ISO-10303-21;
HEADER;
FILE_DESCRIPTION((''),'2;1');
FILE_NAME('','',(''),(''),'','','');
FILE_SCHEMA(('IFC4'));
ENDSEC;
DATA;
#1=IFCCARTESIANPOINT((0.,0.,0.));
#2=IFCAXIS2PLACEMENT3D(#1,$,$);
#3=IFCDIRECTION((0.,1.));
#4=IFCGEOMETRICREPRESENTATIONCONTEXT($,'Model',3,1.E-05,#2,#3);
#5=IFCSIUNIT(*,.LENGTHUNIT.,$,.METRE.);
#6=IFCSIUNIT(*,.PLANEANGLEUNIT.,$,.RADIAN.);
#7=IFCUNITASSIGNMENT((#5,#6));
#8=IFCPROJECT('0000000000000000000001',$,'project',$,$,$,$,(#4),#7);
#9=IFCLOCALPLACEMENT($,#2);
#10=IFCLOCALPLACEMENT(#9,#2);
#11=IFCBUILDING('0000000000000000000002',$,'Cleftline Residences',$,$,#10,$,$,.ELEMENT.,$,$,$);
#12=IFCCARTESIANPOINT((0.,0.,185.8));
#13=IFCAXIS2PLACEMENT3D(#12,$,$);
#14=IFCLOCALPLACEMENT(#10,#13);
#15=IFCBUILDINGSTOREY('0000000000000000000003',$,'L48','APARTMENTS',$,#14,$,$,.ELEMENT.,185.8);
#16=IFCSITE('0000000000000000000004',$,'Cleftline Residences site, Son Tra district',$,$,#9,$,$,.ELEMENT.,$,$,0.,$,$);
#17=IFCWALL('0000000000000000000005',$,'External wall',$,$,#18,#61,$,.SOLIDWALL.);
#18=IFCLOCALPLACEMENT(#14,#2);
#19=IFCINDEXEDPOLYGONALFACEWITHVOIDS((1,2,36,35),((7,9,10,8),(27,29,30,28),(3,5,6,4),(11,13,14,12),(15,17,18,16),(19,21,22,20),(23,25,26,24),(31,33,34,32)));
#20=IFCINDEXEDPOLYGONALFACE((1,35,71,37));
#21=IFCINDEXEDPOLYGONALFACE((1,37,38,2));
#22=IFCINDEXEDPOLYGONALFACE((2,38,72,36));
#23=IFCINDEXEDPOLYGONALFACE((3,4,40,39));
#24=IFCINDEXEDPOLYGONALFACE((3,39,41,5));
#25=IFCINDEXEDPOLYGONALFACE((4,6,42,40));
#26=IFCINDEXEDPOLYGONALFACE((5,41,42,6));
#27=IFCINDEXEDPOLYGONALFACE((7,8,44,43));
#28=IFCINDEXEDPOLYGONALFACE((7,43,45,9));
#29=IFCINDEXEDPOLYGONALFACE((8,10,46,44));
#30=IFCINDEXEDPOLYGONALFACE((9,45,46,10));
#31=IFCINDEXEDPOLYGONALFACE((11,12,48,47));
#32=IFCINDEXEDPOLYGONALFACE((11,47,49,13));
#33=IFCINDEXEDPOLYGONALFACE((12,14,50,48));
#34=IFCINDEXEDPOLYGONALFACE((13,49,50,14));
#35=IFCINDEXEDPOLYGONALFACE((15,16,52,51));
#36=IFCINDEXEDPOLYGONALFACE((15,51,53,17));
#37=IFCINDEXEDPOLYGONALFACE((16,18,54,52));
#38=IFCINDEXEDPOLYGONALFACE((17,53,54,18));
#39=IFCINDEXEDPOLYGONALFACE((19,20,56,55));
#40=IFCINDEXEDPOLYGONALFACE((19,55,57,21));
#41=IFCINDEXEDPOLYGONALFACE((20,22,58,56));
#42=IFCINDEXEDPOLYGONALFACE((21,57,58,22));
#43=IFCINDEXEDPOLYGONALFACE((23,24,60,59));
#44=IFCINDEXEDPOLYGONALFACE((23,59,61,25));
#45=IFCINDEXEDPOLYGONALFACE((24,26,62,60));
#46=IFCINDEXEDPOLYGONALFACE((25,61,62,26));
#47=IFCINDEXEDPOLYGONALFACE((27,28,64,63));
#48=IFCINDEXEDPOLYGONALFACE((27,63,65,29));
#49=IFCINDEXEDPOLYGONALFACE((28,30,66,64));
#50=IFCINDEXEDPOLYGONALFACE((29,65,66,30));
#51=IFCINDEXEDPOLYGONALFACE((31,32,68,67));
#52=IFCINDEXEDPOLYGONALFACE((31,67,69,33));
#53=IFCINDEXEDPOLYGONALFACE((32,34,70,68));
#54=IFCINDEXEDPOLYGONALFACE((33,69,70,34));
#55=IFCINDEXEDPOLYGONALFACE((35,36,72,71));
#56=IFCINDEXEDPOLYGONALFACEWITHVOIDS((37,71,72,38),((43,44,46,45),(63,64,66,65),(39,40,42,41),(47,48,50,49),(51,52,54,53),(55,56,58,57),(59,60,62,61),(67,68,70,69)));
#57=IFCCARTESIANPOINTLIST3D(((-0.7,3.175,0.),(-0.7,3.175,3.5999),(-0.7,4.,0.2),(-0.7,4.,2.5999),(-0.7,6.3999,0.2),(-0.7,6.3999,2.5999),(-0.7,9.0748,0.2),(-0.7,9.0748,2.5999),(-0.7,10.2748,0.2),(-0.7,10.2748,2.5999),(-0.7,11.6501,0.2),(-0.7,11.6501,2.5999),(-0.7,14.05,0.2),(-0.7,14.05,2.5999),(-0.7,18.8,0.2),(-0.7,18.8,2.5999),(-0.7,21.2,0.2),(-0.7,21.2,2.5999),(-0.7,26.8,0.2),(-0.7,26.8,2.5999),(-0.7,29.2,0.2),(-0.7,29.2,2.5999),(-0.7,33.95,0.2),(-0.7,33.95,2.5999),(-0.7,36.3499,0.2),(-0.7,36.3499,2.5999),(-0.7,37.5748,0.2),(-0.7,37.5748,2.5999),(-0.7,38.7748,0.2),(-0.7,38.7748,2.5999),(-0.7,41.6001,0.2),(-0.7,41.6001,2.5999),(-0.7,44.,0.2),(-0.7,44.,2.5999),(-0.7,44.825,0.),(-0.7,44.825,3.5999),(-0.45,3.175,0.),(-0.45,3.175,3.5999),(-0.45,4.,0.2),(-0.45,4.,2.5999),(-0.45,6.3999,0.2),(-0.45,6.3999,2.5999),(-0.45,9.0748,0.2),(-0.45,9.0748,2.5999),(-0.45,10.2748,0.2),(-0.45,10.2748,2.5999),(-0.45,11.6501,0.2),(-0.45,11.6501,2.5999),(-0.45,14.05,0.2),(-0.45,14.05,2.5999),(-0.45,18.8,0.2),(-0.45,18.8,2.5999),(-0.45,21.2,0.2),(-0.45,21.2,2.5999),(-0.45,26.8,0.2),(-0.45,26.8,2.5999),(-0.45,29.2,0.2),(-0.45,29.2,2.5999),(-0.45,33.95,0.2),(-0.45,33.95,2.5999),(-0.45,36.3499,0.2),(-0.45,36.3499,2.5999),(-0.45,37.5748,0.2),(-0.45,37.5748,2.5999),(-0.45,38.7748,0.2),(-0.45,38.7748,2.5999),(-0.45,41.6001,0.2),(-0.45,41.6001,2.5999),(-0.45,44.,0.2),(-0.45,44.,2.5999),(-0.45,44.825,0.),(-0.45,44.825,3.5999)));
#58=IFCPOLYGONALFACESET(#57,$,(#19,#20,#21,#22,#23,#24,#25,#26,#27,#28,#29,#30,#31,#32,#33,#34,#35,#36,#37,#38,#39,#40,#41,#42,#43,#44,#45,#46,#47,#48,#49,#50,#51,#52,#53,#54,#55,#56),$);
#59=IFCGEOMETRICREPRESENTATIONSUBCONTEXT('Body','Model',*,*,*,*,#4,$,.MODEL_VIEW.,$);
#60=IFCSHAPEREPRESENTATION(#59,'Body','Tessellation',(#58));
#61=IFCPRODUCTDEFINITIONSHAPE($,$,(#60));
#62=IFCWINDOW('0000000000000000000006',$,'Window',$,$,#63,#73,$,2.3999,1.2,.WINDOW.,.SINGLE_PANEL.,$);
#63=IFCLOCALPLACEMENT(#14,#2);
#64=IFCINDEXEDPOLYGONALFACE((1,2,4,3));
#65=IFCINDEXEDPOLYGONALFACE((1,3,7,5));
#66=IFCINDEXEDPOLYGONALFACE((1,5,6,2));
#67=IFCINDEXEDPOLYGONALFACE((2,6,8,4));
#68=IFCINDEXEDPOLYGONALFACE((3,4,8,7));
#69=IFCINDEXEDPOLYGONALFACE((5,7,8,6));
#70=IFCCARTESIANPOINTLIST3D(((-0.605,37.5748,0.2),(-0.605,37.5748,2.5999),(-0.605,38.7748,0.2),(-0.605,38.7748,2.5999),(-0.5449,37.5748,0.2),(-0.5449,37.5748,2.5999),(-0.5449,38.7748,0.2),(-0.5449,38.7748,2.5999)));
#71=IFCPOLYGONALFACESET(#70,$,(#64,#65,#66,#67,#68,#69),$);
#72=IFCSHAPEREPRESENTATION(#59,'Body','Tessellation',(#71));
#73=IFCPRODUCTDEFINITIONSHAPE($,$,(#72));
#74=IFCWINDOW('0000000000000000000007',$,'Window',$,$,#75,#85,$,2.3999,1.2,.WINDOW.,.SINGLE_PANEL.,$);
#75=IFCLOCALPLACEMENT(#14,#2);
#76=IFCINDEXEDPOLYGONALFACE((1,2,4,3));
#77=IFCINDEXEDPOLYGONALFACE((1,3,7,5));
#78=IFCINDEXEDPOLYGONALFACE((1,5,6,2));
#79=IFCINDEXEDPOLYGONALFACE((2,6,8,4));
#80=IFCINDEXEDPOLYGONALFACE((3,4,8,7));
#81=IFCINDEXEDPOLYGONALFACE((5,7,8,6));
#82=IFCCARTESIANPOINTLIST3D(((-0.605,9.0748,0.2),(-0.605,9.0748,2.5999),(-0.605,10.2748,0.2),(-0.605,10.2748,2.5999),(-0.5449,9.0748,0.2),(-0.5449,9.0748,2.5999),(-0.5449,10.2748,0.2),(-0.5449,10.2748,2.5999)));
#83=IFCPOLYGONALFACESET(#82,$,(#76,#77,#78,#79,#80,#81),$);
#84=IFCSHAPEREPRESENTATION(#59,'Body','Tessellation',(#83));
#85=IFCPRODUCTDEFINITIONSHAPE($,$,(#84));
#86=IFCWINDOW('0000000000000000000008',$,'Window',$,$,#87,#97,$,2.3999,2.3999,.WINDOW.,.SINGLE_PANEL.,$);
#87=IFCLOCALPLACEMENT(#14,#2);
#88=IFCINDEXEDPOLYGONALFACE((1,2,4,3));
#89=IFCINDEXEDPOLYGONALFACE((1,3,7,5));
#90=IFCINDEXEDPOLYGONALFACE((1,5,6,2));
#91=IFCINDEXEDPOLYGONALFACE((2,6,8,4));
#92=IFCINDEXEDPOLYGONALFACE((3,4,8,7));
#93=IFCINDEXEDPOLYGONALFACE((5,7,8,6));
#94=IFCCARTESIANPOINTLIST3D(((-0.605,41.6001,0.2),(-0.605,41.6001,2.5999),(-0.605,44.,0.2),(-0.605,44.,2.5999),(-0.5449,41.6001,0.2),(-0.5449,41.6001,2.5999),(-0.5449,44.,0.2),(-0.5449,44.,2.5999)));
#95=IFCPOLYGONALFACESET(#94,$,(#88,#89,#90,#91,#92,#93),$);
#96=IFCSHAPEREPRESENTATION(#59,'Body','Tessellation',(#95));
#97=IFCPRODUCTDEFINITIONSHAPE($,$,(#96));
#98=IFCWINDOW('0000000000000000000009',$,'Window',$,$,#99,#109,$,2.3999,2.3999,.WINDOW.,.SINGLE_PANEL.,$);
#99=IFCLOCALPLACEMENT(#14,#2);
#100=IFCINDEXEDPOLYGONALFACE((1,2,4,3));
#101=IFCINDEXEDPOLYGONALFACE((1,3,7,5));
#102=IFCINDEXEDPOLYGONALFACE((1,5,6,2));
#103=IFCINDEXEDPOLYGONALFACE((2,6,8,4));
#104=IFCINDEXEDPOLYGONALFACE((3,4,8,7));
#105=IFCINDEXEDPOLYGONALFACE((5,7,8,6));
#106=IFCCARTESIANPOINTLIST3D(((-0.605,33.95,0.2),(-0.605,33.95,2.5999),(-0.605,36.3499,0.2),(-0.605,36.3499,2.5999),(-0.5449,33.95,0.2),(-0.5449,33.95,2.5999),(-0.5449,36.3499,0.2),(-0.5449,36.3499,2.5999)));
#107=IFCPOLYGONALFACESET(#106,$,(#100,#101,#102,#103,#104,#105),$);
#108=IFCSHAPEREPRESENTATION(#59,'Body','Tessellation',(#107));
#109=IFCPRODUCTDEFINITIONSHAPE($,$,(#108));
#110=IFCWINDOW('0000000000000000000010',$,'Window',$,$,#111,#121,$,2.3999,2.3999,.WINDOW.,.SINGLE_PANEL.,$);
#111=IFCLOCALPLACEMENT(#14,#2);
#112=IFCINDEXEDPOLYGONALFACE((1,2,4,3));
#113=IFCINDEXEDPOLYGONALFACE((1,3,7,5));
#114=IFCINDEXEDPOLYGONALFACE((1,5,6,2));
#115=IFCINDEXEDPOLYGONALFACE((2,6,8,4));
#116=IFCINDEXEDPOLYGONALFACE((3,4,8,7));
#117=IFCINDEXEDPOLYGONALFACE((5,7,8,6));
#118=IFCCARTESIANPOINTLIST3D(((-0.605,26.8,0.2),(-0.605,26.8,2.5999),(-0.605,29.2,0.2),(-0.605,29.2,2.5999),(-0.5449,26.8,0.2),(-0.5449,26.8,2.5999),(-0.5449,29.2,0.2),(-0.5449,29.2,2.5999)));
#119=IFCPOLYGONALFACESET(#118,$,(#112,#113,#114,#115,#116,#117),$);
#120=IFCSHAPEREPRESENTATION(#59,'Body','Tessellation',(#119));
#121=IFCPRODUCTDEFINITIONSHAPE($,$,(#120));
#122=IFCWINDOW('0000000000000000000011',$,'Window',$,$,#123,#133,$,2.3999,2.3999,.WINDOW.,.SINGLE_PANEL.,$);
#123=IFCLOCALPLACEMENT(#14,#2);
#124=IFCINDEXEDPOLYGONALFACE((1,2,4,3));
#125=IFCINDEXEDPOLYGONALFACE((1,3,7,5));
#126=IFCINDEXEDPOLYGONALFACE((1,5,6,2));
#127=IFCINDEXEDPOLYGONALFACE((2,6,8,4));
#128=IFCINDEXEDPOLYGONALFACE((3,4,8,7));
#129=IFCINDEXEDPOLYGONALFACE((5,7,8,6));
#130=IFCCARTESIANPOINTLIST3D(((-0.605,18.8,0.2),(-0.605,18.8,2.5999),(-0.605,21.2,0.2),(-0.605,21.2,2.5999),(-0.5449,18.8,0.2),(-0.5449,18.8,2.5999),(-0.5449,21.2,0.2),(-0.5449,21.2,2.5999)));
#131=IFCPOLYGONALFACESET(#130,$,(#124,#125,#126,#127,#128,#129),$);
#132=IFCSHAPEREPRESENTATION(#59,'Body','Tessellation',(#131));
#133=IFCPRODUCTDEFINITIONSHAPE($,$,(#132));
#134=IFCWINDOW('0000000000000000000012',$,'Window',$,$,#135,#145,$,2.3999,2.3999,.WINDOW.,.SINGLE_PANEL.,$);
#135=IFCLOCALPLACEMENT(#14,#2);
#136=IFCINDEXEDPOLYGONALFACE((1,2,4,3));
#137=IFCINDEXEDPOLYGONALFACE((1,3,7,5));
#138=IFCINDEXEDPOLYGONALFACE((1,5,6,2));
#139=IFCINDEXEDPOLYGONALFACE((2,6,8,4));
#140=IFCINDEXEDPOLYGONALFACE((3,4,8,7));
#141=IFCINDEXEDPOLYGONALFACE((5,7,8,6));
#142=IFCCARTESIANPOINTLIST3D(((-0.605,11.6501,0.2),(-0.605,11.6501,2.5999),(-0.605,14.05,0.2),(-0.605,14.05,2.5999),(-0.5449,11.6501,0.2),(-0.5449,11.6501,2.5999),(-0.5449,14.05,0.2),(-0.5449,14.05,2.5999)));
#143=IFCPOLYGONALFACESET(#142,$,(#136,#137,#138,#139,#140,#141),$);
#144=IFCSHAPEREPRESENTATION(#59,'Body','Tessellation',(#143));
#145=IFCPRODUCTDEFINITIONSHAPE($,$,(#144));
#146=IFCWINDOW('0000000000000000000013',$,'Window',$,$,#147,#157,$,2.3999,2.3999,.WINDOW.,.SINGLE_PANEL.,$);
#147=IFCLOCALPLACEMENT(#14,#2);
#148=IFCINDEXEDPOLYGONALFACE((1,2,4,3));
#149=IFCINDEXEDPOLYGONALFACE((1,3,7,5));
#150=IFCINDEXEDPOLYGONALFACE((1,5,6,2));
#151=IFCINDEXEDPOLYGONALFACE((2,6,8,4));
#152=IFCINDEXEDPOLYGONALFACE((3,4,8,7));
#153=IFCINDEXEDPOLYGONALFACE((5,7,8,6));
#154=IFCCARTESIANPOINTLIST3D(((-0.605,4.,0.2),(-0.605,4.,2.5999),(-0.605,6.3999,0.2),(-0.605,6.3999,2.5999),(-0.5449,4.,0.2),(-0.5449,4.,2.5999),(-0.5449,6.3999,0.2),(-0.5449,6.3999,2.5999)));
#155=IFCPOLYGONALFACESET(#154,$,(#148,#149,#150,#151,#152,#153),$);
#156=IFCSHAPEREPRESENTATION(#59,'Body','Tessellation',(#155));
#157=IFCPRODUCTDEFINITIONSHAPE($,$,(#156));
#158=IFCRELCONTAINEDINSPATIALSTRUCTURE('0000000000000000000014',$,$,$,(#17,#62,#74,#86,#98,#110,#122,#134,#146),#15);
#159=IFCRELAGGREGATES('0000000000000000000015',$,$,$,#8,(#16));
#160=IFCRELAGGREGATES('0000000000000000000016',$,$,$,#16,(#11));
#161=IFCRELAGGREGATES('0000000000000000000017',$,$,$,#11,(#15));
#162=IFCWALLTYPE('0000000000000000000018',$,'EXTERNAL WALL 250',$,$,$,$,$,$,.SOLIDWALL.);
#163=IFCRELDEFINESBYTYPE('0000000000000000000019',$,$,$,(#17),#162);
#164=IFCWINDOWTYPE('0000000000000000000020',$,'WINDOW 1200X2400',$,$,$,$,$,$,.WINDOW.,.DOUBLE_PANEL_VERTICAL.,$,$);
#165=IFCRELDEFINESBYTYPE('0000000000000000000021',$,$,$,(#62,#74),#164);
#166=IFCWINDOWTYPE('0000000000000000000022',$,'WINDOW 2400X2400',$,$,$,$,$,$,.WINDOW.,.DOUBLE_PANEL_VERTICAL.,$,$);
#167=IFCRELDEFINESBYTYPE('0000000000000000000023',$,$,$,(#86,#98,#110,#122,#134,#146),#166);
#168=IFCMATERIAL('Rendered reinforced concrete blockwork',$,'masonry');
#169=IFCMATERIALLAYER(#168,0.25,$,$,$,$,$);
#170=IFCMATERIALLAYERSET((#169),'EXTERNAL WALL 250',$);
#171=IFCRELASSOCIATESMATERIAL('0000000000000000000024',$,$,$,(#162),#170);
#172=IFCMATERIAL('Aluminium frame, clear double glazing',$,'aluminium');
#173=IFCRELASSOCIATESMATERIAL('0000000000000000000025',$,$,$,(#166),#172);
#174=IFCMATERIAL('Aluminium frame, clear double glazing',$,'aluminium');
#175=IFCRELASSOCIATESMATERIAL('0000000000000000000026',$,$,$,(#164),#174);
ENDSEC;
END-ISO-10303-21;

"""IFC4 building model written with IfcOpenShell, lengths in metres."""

from ifc_helpers import new_model, si_unit, direction, frame, frame_2d, origin, place, context, subcontext, project, spatial, rectangle, extrude, material, layer, layer_set, type_object, element, fill, save


model = new_model("IFC4")

# Units and contexts
model_context = context("Model", 3, precision=1e-05, world=origin(), true_north=direction((0.0, 1.0)))
body_context = subcontext(model_context, "Body", "Model", "MODEL_VIEW")
ifc_project = project(units=[si_unit("LENGTHUNIT", "METRE"), si_unit("PLANEANGLEUNIT", "RADIAN")], contexts=[model_context])

# Site, building, storey
site_placement = place(None, origin())
site = spatial("IfcSite", under=ifc_project, at=site_placement, Name="Cleftline Residences site, Son Tra district", CompositionType="ELEMENT", RefElevation=0.0)
building_placement = place(site_placement, origin())
building = spatial("IfcBuilding", under=site, at=building_placement, Name="Cleftline Residences", CompositionType="ELEMENT")
storey_placement = place(building_placement, frame((0.0, 0.0, 185.8)))
storey = spatial("IfcBuildingStorey", under=building, at=storey_placement, Name="L48", Description="APARTMENTS", CompositionType="ELEMENT", Elevation=185.8)

# Shared definitions
ifc_material_1 = material(Name="Rendered reinforced concrete blockwork", Category="masonry")
ifc_layer_1 = layer(ifc_material_1, 0.25)
ifc_layer_set_1 = layer_set([ifc_layer_1], Name="EXTERNAL WALL 250")
wall_type_1 = type_object("IfcWallType", Name="EXTERNAL WALL 250", PredefinedType="SOLIDWALL", material=ifc_layer_set_1)
ifc_material_2 = material(Name="Aluminium frame, clear double glazing", Category="aluminium")
window_type_1 = type_object("IfcWindowType", Name="WINDOW 2400X2400", PartitioningType="DOUBLE_PANEL_VERTICAL", PredefinedType="WINDOW", material=ifc_material_2)

# Wall, openings, windows
wall_1_placement = place(storey_placement, frame((-0.575, 44.825, 0.0), z_axis=(0.0, 0.0, 1.0), x_axis=(0.0, -1.0, 0.0)))
wall_1 = element("IfcWall", 1, at=wall_1_placement, inside=storey, type_object=wall_type_1, Name="External wall", PredefinedType="SOLIDWALL", context=body_context, shape_type="SweptSolid", body=[
    extrude(rectangle(XDim=41.6499, YDim=0.25, at=frame_2d((20.825, 0.0))), origin(), (0.0, 0.0, 1.0), 3.5999),
])
opening_1_placement = place(wall_1_placement, frame((0.825, 0.0, 0.2)))
opening_1 = element("IfcOpeningElement", 2, at=opening_1_placement, cuts=wall_1, PredefinedType="OPENING", context=body_context, shape_type="SweptSolid", body=[
    extrude(rectangle(XDim=2.3999, YDim=2.3999, at=frame_2d((1.2, 1.2))), frame((0.0, 0.135, 0.0), z_axis=(0.0, -1.0, 0.0), x_axis=(1.0, 0.0, 0.0)), (0.0, 0.0, 1.0), 0.27),
])
opening_2_placement = place(wall_1_placement, frame((6.05, 0.0, 0.2)))
opening_2 = element("IfcOpeningElement", 3, at=opening_2_placement, cuts=wall_1, PredefinedType="OPENING", context=body_context, shape_type="SweptSolid", body=[
    extrude(rectangle(XDim=1.2, YDim=2.3999, at=frame_2d((0.6001, 1.2))), frame((0.0, 0.135, 0.0), z_axis=(0.0, -1.0, 0.0), x_axis=(1.0, 0.0, 0.0)), (0.0, 0.0, 1.0), 0.27),
])
opening_3_placement = place(wall_1_placement, frame((8.4751, 0.0, 0.2)))
opening_3 = element("IfcOpeningElement", 4, at=opening_3_placement, cuts=wall_1, PredefinedType="OPENING", context=body_context, shape_type="SweptSolid", body=[
    extrude(rectangle(XDim=2.3999, YDim=2.3999, at=frame_2d((1.2, 1.2))), frame((0.0, 0.135, 0.0), z_axis=(0.0, -1.0, 0.0), x_axis=(1.0, 0.0, 0.0)), (0.0, 0.0, 1.0), 0.27),
])
opening_4_placement = place(wall_1_placement, frame((15.625, 0.0, 0.2)))
opening_4 = element("IfcOpeningElement", 5, at=opening_4_placement, cuts=wall_1, PredefinedType="OPENING", context=body_context, shape_type="SweptSolid", body=[
    extrude(rectangle(XDim=2.3999, YDim=2.3999, at=frame_2d((1.2, 1.2))), frame((0.0, 0.135, 0.0), z_axis=(0.0, -1.0, 0.0), x_axis=(1.0, 0.0, 0.0)), (0.0, 0.0, 1.0), 0.27),
])
opening_5_placement = place(wall_1_placement, frame((23.625, 0.0, 0.2)))
opening_5 = element("IfcOpeningElement", 6, at=opening_5_placement, cuts=wall_1, PredefinedType="OPENING", context=body_context, shape_type="SweptSolid", body=[
    extrude(rectangle(XDim=2.3999, YDim=2.3999, at=frame_2d((1.2, 1.2))), frame((0.0, 0.135, 0.0), z_axis=(0.0, -1.0, 0.0), x_axis=(1.0, 0.0, 0.0)), (0.0, 0.0, 1.0), 0.27),
])
opening_6_placement = place(wall_1_placement, frame((30.7749, 0.0, 0.2)))
opening_6 = element("IfcOpeningElement", 7, at=opening_6_placement, cuts=wall_1, PredefinedType="OPENING", context=body_context, shape_type="SweptSolid", body=[
    extrude(rectangle(XDim=2.3999, YDim=2.3999, at=frame_2d((1.2, 1.2))), frame((0.0, 0.135, 0.0), z_axis=(0.0, -1.0, 0.0), x_axis=(1.0, 0.0, 0.0)), (0.0, 0.0, 1.0), 0.27),
])
opening_7_placement = place(wall_1_placement, frame((34.55, 0.0, 0.2)))
opening_7 = element("IfcOpeningElement", 8, at=opening_7_placement, cuts=wall_1, PredefinedType="OPENING", context=body_context, shape_type="SweptSolid", body=[
    extrude(rectangle(XDim=1.2, YDim=2.3999, at=frame_2d((0.6001, 1.2))), frame((0.0, 0.135, 0.0), z_axis=(0.0, -1.0, 0.0), x_axis=(1.0, 0.0, 0.0)), (0.0, 0.0, 1.0), 0.27),
])
opening_8_placement = place(wall_1_placement, frame((38.425, 0.0, 0.2)))
opening_8 = element("IfcOpeningElement", 9, at=opening_8_placement, cuts=wall_1, PredefinedType="OPENING", context=body_context, shape_type="SweptSolid", body=[
    extrude(rectangle(XDim=2.3999, YDim=2.3999, at=frame_2d((1.2, 1.2))), frame((0.0, 0.135, 0.0), z_axis=(0.0, -1.0, 0.0), x_axis=(1.0, 0.0, 0.0)), (0.0, 0.0, 1.0), 0.27),
])
ifc_material_3 = material(Name="Aluminium frame, clear double glazing", Category="aluminium")
window_type_2 = type_object("IfcWindowType", Name="WINDOW 1200X2400", PartitioningType="DOUBLE_PANEL_VERTICAL", PredefinedType="WINDOW", material=ifc_material_3)
window_1_placement = place(opening_2_placement, origin())
window_1 = element("IfcWindow", 10, at=window_1_placement, inside=storey, type_object=window_type_2, Name="Window", OverallHeight=2.3999, OverallWidth=1.2, PartitioningType="SINGLE_PANEL", PredefinedType="WINDOW", context=body_context, shape_type="SweptSolid", body=[
    extrude(rectangle(XDim=1.2, YDim=2.3999, at=frame_2d((0.6001, 1.2))), frame((0.0, 0.03, 0.0), z_axis=(0.0, -1.0, 0.0), x_axis=(1.0, 0.0, 0.0)), (0.0, 0.0, 1.0), 0.0601),
])
fill(opening_2, window_1)
window_2_placement = place(opening_7_placement, origin())
window_2 = element("IfcWindow", 11, at=window_2_placement, inside=storey, type_object=window_type_2, Name="Window", OverallHeight=2.3999, OverallWidth=1.2, PartitioningType="SINGLE_PANEL", PredefinedType="WINDOW", context=body_context, shape_type="SweptSolid", body=[
    extrude(rectangle(XDim=1.2, YDim=2.3999, at=frame_2d((0.6001, 1.2))), frame((0.0, 0.03, 0.0), z_axis=(0.0, -1.0, 0.0), x_axis=(1.0, 0.0, 0.0)), (0.0, 0.0, 1.0), 0.0601),
])
fill(opening_7, window_2)
window_3_placement = place(opening_1_placement, origin())
window_3 = element("IfcWindow", 12, at=window_3_placement, inside=storey, type_object=window_type_1, Name="Window", OverallHeight=2.3999, OverallWidth=2.3999, PartitioningType="SINGLE_PANEL", PredefinedType="WINDOW", context=body_context, shape_type="SweptSolid", body=[
    extrude(rectangle(XDim=2.3999, YDim=2.3999, at=frame_2d((1.2, 1.2))), frame((0.0, 0.03, 0.0), z_axis=(0.0, -1.0, 0.0), x_axis=(1.0, 0.0, 0.0)), (0.0, 0.0, 1.0), 0.0601),
])
fill(opening_1, window_3)
window_4_placement = place(opening_3_placement, origin())
window_4 = element("IfcWindow", 13, at=window_4_placement, inside=storey, type_object=window_type_1, Name="Window", OverallHeight=2.3999, OverallWidth=2.3999, PartitioningType="SINGLE_PANEL", PredefinedType="WINDOW", context=body_context, shape_type="SweptSolid", body=[
    extrude(rectangle(XDim=2.3999, YDim=2.3999, at=frame_2d((1.2, 1.2))), frame((0.0, 0.03, 0.0), z_axis=(0.0, -1.0, 0.0), x_axis=(1.0, 0.0, 0.0)), (0.0, 0.0, 1.0), 0.0601),
])
fill(opening_3, window_4)
window_5_placement = place(opening_4_placement, origin())
window_5 = element("IfcWindow", 14, at=window_5_placement, inside=storey, type_object=window_type_1, Name="Window", OverallHeight=2.3999, OverallWidth=2.3999, PartitioningType="SINGLE_PANEL", PredefinedType="WINDOW", context=body_context, shape_type="SweptSolid", body=[
    extrude(rectangle(XDim=2.3999, YDim=2.3999, at=frame_2d((1.2, 1.2))), frame((0.0, 0.03, 0.0), z_axis=(0.0, -1.0, 0.0), x_axis=(1.0, 0.0, 0.0)), (0.0, 0.0, 1.0), 0.0601),
])
fill(opening_4, window_5)
window_6_placement = place(opening_5_placement, origin())
window_6 = element("IfcWindow", 15, at=window_6_placement, inside=storey, type_object=window_type_1, Name="Window", OverallHeight=2.3999, OverallWidth=2.3999, PartitioningType="SINGLE_PANEL", PredefinedType="WINDOW", context=body_context, shape_type="SweptSolid", body=[
    extrude(rectangle(XDim=2.3999, YDim=2.3999, at=frame_2d((1.2, 1.2))), frame((0.0, 0.03, 0.0), z_axis=(0.0, -1.0, 0.0), x_axis=(1.0, 0.0, 0.0)), (0.0, 0.0, 1.0), 0.0601),
])
fill(opening_5, window_6)
window_7_placement = place(opening_6_placement, origin())
window_7 = element("IfcWindow", 16, at=window_7_placement, inside=storey, type_object=window_type_1, Name="Window", OverallHeight=2.3999, OverallWidth=2.3999, PartitioningType="SINGLE_PANEL", PredefinedType="WINDOW", context=body_context, shape_type="SweptSolid", body=[
    extrude(rectangle(XDim=2.3999, YDim=2.3999, at=frame_2d((1.2, 1.2))), frame((0.0, 0.03, 0.0), z_axis=(0.0, -1.0, 0.0), x_axis=(1.0, 0.0, 0.0)), (0.0, 0.0, 1.0), 0.0601),
])
fill(opening_6, window_7)
window_8_placement = place(opening_8_placement, origin())
window_8 = element("IfcWindow", 17, at=window_8_placement, inside=storey, type_object=window_type_1, Name="Window", OverallHeight=2.3999, OverallWidth=2.3999, PartitioningType="SINGLE_PANEL", PredefinedType="WINDOW", context=body_context, shape_type="SweptSolid", body=[
    extrude(rectangle(XDim=2.3999, YDim=2.3999, at=frame_2d((1.2, 1.2))), frame((0.0, 0.03, 0.0), z_axis=(0.0, -1.0, 0.0), x_axis=(1.0, 0.0, 0.0)), (0.0, 0.0, 1.0), 0.0601),
])
fill(opening_8, window_8)

save(model, "model.ifc")
